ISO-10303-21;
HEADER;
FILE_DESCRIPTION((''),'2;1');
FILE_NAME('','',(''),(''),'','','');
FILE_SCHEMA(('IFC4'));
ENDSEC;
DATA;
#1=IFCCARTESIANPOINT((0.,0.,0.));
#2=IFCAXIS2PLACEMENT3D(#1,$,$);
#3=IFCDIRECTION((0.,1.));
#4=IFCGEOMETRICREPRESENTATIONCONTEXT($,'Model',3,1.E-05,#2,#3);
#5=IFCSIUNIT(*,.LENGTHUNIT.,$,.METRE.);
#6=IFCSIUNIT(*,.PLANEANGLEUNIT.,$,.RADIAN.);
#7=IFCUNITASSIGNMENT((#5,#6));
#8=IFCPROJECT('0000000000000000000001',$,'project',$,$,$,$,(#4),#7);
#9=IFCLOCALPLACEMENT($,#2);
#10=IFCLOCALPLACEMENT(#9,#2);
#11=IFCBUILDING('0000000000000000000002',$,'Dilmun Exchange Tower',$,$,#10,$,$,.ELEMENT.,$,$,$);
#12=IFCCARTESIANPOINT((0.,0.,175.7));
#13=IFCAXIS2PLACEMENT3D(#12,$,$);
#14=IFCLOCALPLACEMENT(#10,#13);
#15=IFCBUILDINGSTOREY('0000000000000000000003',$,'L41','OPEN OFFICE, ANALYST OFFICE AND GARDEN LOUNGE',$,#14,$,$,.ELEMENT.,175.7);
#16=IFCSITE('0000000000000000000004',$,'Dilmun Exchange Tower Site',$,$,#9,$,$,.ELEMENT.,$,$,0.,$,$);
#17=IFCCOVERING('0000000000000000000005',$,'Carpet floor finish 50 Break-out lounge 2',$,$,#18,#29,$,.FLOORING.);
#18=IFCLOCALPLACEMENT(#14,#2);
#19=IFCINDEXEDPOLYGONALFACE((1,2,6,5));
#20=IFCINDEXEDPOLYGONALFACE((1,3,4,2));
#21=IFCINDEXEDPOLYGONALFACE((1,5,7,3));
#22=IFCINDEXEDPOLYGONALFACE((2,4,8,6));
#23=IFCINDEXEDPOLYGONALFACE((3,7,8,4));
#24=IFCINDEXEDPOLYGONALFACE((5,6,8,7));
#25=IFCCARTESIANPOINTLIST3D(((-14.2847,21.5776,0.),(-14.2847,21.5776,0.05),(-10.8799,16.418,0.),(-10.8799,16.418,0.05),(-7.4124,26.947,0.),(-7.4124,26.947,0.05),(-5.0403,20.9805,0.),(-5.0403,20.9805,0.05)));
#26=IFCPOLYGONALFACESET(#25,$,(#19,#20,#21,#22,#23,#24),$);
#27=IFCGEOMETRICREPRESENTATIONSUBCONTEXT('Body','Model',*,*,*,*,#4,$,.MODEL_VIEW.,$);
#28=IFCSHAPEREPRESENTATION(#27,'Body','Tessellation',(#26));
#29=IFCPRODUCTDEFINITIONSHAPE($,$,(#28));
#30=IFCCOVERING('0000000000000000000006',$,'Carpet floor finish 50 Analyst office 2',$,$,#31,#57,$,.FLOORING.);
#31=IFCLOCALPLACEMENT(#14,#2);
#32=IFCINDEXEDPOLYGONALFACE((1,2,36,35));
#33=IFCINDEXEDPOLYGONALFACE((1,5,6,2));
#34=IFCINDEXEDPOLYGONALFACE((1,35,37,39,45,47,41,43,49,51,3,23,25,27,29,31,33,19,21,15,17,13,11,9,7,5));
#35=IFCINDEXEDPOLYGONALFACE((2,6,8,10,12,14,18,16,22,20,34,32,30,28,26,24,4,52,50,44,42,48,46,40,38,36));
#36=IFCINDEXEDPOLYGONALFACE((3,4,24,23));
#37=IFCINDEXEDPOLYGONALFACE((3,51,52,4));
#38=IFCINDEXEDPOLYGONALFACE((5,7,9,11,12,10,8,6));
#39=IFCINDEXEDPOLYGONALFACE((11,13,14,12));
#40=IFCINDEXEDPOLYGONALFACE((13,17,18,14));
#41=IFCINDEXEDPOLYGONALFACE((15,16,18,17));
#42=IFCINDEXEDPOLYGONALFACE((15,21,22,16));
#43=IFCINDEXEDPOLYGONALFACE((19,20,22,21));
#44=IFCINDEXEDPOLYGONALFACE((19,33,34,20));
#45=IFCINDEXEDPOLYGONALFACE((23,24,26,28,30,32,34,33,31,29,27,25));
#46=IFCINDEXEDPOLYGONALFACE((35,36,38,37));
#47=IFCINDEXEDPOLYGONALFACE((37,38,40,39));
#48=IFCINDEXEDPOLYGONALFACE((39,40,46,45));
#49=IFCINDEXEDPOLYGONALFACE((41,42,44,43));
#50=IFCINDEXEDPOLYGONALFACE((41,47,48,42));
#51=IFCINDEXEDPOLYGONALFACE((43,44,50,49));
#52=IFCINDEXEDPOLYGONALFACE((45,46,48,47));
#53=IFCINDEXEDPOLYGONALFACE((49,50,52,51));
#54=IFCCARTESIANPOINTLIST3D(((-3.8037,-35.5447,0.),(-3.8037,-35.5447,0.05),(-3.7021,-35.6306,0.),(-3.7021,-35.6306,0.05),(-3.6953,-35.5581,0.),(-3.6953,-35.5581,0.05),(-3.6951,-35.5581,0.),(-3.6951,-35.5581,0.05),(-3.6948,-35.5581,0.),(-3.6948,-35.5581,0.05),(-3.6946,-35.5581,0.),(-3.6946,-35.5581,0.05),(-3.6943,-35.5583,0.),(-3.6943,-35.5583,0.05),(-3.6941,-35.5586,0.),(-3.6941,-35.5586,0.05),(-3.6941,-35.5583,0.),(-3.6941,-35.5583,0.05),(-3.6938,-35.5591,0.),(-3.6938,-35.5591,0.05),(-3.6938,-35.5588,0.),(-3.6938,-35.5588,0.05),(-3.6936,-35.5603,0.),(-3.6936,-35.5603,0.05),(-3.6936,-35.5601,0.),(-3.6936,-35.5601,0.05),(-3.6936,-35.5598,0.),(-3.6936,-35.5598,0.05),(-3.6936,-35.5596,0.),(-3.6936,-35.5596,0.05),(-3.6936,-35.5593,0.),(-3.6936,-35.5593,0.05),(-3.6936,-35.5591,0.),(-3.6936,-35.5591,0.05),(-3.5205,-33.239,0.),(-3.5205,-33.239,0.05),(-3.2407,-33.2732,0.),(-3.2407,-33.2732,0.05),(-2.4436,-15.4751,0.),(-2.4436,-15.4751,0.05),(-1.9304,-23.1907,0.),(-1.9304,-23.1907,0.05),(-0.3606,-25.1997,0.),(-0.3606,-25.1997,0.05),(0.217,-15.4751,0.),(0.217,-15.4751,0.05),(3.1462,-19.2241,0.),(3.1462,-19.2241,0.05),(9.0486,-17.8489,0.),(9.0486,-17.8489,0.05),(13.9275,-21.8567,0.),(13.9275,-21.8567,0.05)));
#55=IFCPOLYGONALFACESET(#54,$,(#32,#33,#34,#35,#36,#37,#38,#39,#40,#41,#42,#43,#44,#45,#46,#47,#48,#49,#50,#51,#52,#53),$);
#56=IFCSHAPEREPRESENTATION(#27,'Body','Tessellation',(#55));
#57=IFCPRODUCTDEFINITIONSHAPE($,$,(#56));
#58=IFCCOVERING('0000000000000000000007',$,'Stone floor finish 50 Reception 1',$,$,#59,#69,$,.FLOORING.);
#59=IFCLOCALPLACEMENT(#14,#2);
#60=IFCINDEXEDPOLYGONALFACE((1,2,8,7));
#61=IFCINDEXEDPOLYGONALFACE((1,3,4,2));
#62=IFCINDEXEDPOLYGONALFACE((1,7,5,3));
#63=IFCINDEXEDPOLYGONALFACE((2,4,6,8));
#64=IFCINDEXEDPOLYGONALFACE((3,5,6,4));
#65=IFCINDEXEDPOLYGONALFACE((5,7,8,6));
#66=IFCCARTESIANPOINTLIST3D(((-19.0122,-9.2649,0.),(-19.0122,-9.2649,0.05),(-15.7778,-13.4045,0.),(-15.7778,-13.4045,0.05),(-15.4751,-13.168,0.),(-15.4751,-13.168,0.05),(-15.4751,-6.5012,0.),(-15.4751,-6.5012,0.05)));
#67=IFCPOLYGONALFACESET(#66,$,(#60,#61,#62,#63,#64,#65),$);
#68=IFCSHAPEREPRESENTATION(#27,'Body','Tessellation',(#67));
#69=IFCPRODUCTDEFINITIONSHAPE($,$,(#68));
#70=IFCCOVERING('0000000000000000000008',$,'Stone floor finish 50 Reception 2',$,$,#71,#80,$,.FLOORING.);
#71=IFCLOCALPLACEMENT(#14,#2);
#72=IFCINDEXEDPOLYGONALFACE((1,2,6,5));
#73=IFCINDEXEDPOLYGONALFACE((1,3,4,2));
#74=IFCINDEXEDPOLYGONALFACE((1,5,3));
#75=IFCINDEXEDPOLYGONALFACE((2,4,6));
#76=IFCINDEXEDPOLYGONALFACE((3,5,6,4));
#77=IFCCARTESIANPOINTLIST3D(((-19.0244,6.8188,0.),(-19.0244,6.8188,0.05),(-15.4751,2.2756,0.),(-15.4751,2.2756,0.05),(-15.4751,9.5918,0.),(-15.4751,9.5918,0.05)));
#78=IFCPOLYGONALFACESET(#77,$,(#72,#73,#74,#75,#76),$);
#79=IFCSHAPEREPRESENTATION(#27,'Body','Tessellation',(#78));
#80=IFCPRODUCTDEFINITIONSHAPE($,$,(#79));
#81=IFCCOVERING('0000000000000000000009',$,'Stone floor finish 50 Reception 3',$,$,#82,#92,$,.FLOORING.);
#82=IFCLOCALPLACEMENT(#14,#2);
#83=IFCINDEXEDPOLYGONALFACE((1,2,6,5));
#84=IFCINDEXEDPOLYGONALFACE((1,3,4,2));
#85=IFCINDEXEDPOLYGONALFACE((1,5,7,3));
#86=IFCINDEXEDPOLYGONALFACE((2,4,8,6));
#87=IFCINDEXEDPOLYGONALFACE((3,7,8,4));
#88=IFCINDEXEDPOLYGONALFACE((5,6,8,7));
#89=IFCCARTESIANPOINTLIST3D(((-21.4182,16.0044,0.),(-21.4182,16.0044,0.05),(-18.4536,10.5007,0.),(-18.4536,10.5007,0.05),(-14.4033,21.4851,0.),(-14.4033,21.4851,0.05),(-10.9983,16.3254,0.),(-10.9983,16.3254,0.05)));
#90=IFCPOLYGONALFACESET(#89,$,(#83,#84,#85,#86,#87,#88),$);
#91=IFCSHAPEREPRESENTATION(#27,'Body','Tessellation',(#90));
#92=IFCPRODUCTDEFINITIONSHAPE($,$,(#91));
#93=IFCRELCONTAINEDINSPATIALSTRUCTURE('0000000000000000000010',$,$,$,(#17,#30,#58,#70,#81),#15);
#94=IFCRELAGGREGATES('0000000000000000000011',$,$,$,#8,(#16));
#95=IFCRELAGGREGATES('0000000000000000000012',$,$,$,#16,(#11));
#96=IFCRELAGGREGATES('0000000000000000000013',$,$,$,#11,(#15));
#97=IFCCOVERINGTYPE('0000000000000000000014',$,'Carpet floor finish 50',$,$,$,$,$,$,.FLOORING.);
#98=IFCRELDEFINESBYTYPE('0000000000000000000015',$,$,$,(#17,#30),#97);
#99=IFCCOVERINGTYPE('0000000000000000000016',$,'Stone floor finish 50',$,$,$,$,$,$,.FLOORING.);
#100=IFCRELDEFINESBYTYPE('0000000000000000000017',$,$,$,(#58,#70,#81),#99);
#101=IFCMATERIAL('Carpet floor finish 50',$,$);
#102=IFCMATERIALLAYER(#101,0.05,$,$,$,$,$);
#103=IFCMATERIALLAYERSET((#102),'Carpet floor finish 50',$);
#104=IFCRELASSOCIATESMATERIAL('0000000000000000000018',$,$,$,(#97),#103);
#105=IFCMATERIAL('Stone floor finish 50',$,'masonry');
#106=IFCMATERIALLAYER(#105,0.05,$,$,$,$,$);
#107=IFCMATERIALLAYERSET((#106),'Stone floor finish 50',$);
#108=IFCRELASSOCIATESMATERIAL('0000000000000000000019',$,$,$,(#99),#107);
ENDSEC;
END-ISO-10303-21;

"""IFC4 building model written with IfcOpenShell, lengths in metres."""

from ifc_helpers import new_model, si_unit, direction, frame, origin, place, context, subcontext, project, spatial, polyline, outline, extrude, material, layer, layer_set, type_object, element, save


model = new_model("IFC4")

# Units and contexts
model_context = context("Model", 3, precision=1e-05, world=origin(), true_north=direction((0.0, 1.0)))
body_context = subcontext(model_context, "Body", "Model", "MODEL_VIEW")
ifc_project = project(units=[si_unit("LENGTHUNIT", "METRE"), si_unit("PLANEANGLEUNIT", "RADIAN")], contexts=[model_context])

# Site, building, storey
site_placement = place(None, origin())
site = spatial("IfcSite", under=ifc_project, at=site_placement, Name="Dilmun Exchange Tower Site", CompositionType="ELEMENT", RefElevation=0.0)
building_placement = place(site_placement, origin())
building = spatial("IfcBuilding", under=site, at=building_placement, Name="Dilmun Exchange Tower", CompositionType="ELEMENT")
storey_placement = place(building_placement, frame((0.0, 0.0, 175.7)))
storey = spatial("IfcBuildingStorey", under=building, at=storey_placement, Name="L41", Description="OPEN OFFICE, ANALYST OFFICE AND GARDEN LOUNGE", CompositionType="ELEMENT", Elevation=175.7)

# Coverings
ifc_material_1 = material(Name="Carpet floor finish 50")
ifc_layer_1 = layer(ifc_material_1, 0.05)
ifc_layer_set_1 = layer_set([ifc_layer_1], Name="Carpet floor finish 50")
covering_type_1 = type_object("IfcCoveringType", Name="Carpet floor finish 50", PredefinedType="FLOORING", material=ifc_layer_set_1)
covering_1_placement = place(storey_placement, origin())
element("IfcCovering", 1, at=covering_1_placement, inside=storey, type_object=covering_type_1, Name="Carpet floor finish 50 Break-out lounge 2", PredefinedType="FLOORING", context=body_context, shape_type="SweptSolid", body=[
    extrude(outline(polyline([(-14.2847, 21.5776), (-7.4124, 26.947), (-5.0403, 20.9805), (-10.8799, 16.418), (-14.2847, 21.5776)])), origin(), (0.0, 0.0, 1.0), 0.05),
])
covering_2_placement = place(storey_placement, origin())
element("IfcCovering", 2, at=covering_2_placement, inside=storey, type_object=covering_type_1, Name="Carpet floor finish 50 Analyst office 2", PredefinedType="FLOORING", context=body_context, shape_type="SweptSolid", body=[
    extrude(outline(polyline([(-3.2407, -33.2732), (-2.4436, -15.4751), (0.217, -15.4751), (3.1462, -19.2241), (-1.9304, -23.1907), (-0.3606, -25.1997), (9.0486, -17.8489), (13.9275, -21.8567), (-3.7021, -35.6306), (-3.6936, -35.5603), (-3.6936, -35.5601), (-3.6936, -35.5598), (-3.6936, -35.5596), (-3.6936, -35.5593), (-3.6936, -35.5591), (-3.6938, -35.5591), (-3.6938, -35.5588), (-3.6941, -35.5586), (-3.6941, -35.5586), (-3.6941, -35.5583), (-3.6943, -35.5583), (-3.6946, -35.5581), (-3.6946, -35.5581), (-3.6948, -35.5581), (-3.6951, -35.5581), (-3.6953, -35.5581), (-3.8037, -35.5447), (-3.5205, -33.239), (-3.2407, -33.2732)])), origin(), (0.0, 0.0, 1.0), 0.05),
])
ifc_material_2 = material(Name="Stone floor finish 50", Category="masonry")
ifc_layer_2 = layer(ifc_material_2, 0.05)
ifc_layer_set_2 = layer_set([ifc_layer_2], Name="Stone floor finish 50")
covering_type_2 = type_object("IfcCoveringType", Name="Stone floor finish 50", PredefinedType="FLOORING", material=ifc_layer_set_2)
covering_3_placement = place(storey_placement, origin())
element("IfcCovering", 3, at=covering_3_placement, inside=storey, type_object=covering_type_2, Name="Stone floor finish 50 Reception 1", PredefinedType="FLOORING", context=body_context, shape_type="SweptSolid", body=[
    extrude(outline(polyline([(-15.4751, -13.168), (-15.7778, -13.4045), (-19.0122, -9.2649), (-15.4751, -6.5012), (-15.4751, -13.168)])), origin(), (0.0, 0.0, 1.0), 0.05),
])
covering_4_placement = place(storey_placement, origin())
element("IfcCovering", 4, at=covering_4_placement, inside=storey, type_object=covering_type_2, Name="Stone floor finish 50 Reception 2", PredefinedType="FLOORING", context=body_context, shape_type="SweptSolid", body=[
    extrude(outline(polyline([(-19.0244, 6.8188), (-15.4751, 9.5918), (-15.4751, 2.2756), (-19.0244, 6.8188)])), origin(), (0.0, 0.0, 1.0), 0.05),
])
covering_5_placement = place(storey_placement, origin())
element("IfcCovering", 5, at=covering_5_placement, inside=storey, type_object=covering_type_2, Name="Stone floor finish 50 Reception 3", PredefinedType="FLOORING", context=body_context, shape_type="SweptSolid", body=[
    extrude(outline(polyline([(-18.4536, 10.5007), (-21.4182, 16.0044), (-14.4033, 21.4851), (-10.9983, 16.3254), (-18.4536, 10.5007)])), origin(), (0.0, 0.0, 1.0), 0.05),
])

save(model, "model.ifc")
